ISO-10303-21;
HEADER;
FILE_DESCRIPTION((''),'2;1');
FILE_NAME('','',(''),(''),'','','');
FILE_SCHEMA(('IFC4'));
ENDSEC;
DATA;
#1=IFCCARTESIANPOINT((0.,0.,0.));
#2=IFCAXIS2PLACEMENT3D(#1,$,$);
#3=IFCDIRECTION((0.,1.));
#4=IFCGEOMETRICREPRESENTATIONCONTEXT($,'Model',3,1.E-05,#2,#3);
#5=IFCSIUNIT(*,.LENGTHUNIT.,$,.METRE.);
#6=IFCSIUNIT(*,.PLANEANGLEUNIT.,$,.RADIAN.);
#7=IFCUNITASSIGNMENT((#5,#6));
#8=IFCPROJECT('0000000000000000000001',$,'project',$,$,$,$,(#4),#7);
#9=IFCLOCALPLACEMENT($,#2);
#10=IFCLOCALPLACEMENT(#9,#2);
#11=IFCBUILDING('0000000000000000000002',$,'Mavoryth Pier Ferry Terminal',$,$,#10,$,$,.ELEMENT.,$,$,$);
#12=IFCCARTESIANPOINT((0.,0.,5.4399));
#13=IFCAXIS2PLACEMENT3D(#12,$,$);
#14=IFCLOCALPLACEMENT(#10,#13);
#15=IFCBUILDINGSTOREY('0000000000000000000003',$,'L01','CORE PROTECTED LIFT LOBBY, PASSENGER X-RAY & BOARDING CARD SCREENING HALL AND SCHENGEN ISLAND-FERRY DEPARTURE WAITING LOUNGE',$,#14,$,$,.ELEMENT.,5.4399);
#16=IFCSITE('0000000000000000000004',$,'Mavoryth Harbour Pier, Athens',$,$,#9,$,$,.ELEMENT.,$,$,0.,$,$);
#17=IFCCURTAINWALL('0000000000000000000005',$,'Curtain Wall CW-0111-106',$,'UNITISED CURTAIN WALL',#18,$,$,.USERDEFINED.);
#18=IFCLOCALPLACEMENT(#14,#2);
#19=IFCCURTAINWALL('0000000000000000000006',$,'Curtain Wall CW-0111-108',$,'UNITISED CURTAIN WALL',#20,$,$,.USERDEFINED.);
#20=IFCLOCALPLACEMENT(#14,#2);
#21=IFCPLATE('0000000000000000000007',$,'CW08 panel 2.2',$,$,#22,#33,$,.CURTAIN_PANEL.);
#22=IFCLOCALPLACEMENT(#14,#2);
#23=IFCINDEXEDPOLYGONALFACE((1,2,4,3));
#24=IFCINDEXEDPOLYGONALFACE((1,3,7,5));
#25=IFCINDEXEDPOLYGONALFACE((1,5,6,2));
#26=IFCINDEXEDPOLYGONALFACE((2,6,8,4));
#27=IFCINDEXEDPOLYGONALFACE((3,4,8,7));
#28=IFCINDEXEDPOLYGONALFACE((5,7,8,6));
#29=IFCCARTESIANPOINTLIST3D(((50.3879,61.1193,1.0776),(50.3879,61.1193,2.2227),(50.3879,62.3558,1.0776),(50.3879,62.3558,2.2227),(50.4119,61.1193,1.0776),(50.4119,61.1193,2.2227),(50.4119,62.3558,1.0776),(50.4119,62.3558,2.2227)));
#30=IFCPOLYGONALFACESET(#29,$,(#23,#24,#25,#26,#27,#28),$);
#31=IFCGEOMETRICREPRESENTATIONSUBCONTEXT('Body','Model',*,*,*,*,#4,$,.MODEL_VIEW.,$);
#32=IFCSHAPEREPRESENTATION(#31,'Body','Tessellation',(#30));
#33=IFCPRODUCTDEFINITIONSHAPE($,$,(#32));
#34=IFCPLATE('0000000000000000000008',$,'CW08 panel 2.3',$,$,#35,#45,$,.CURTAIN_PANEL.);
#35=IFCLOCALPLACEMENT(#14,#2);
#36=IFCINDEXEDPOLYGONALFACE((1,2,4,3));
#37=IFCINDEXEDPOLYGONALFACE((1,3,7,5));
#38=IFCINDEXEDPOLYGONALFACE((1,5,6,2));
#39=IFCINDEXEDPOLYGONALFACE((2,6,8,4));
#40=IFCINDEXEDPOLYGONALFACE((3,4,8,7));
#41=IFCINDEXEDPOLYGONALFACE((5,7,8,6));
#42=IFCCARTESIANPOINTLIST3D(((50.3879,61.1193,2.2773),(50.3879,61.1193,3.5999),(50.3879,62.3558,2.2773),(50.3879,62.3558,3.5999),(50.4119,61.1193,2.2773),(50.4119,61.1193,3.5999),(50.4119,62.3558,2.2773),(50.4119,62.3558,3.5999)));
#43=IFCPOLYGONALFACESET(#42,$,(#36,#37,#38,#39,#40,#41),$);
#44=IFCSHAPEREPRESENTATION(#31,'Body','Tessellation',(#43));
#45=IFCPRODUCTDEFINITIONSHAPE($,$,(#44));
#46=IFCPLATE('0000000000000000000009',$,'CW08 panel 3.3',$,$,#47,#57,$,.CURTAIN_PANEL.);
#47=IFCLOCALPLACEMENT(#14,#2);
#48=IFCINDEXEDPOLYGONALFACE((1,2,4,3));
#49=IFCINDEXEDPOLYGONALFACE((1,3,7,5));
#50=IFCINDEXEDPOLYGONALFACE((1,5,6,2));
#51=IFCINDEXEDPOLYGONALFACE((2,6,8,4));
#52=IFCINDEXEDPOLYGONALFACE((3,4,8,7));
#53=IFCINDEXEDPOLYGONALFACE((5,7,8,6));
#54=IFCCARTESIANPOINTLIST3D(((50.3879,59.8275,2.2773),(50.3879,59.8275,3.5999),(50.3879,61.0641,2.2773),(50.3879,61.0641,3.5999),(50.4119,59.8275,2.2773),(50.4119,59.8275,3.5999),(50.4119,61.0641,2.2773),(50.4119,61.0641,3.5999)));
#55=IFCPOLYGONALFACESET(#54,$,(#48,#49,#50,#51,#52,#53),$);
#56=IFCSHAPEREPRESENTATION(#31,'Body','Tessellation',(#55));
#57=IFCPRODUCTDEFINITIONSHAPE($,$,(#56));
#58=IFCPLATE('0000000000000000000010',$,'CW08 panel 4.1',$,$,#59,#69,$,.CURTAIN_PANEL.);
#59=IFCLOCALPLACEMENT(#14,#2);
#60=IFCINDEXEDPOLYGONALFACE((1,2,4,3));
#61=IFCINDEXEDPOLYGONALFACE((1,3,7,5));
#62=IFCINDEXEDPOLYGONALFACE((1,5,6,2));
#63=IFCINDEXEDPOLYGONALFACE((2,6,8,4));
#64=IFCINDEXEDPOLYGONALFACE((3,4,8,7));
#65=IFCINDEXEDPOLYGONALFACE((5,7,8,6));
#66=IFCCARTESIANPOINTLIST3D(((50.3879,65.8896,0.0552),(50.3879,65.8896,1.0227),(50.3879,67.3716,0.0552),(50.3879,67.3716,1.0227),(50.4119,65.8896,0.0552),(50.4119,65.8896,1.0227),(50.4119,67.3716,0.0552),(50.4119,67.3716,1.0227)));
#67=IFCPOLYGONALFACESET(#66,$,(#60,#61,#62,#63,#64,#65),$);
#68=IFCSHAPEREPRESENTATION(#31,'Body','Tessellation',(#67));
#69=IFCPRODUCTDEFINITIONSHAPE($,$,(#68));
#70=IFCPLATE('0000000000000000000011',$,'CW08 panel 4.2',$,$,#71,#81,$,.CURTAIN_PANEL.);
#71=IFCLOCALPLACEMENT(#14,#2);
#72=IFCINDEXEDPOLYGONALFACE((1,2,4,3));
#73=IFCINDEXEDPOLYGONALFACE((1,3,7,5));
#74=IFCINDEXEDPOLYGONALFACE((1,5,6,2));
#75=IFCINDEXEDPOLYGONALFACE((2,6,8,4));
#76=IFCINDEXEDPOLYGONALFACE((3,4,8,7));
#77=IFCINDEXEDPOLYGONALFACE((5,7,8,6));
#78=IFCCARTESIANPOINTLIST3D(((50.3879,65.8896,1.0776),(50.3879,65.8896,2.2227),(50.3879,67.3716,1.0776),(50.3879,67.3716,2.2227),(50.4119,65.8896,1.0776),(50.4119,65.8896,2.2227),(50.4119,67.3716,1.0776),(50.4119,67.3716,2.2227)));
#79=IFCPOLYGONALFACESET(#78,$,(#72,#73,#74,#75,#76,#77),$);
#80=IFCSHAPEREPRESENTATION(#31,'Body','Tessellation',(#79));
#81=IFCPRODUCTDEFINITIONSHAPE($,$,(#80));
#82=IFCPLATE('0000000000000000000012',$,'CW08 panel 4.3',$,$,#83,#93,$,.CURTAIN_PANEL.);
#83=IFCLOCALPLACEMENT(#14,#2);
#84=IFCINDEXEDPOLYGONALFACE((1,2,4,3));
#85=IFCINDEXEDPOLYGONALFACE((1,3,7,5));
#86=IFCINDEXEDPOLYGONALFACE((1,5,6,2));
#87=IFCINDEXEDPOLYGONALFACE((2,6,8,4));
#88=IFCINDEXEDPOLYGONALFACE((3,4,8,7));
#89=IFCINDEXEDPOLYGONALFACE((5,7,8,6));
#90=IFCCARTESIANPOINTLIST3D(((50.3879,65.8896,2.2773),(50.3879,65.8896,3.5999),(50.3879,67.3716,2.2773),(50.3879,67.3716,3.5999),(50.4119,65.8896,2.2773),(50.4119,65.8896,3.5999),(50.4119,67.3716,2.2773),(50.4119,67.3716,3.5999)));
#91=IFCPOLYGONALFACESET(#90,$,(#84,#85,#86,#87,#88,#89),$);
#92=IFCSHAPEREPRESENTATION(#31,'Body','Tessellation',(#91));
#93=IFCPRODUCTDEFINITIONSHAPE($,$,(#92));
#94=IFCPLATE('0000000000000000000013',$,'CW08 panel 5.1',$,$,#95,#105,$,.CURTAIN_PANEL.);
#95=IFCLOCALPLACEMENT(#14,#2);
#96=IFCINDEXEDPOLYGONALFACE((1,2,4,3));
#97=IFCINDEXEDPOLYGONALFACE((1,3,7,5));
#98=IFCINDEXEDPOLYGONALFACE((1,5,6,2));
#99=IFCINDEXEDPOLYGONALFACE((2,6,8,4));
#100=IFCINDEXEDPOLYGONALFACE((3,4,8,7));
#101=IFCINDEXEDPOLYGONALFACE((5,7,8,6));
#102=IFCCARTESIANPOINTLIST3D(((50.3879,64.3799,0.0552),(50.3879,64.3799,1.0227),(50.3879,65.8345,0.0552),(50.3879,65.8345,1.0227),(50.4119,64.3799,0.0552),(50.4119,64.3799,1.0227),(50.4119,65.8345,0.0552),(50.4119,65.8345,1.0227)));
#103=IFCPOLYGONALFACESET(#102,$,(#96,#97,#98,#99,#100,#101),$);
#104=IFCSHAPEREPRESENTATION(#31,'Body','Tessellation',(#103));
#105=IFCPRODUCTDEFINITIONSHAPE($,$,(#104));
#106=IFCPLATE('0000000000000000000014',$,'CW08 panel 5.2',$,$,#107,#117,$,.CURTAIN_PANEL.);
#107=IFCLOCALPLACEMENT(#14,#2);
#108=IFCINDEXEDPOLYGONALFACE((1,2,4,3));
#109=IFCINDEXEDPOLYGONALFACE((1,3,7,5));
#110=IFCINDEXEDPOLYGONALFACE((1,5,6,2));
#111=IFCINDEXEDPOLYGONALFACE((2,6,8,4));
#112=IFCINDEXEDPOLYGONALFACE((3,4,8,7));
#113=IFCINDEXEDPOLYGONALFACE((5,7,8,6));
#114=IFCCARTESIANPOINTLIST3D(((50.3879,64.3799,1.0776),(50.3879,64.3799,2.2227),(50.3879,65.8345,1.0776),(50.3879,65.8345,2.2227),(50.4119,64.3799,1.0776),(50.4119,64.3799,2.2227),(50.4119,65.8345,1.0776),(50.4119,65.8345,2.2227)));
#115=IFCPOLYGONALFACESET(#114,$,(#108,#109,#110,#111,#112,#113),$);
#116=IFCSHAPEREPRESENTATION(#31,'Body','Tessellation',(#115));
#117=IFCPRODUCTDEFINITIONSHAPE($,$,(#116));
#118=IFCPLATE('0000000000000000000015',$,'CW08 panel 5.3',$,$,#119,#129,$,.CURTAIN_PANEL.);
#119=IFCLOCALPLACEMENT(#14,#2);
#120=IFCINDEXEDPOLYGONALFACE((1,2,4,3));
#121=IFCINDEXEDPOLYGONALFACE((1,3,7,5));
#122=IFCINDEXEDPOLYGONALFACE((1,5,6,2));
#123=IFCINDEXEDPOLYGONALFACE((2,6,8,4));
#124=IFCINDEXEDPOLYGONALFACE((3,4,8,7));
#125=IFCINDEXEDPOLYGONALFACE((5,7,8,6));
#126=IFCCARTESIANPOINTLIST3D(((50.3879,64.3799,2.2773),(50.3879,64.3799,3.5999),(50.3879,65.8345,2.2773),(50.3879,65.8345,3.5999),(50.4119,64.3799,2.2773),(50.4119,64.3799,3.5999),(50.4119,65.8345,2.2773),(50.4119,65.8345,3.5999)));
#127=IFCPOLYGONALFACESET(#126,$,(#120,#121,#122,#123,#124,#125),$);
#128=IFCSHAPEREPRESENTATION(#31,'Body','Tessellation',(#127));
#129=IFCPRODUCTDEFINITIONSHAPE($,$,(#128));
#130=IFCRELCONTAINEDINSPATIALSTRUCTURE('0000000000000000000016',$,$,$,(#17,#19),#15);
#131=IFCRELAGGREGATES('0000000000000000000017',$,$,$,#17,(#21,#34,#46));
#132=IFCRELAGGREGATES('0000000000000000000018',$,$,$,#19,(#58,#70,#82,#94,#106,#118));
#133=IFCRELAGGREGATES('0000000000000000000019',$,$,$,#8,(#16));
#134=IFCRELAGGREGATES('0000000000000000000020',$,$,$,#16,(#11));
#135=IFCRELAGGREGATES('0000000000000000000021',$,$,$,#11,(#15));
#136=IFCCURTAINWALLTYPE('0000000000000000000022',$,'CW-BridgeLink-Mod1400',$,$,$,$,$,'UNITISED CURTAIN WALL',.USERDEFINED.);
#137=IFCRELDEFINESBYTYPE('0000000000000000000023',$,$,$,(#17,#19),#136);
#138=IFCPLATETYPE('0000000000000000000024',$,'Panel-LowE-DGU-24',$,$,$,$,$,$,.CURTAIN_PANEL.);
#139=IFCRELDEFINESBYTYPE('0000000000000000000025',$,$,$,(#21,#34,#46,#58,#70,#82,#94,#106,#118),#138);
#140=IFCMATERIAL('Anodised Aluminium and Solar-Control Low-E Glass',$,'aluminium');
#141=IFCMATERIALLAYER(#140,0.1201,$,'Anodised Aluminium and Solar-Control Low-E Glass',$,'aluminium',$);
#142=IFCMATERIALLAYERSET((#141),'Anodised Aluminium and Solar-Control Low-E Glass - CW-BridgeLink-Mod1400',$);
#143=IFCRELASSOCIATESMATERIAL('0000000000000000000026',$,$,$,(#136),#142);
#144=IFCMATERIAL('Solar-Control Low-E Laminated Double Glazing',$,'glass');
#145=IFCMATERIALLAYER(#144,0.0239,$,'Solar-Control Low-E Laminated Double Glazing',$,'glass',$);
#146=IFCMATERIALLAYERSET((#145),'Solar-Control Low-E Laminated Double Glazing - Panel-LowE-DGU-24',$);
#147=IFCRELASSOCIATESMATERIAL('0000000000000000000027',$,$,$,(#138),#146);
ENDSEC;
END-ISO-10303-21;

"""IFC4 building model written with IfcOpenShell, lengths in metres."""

from ifc_helpers import new_model, si_unit, direction, frame, origin, origin_2d, place, context, subcontext, project, spatial, rectangle, extrude, material, layer, layer_set, type_object, element, aggregate, save


model = new_model("IFC4")

# Units and contexts
model_context = context("Model", 3, precision=1e-05, world=origin(), true_north=direction((0.0, 1.0)))
body_context = subcontext(model_context, "Body", "Model", "MODEL_VIEW")
ifc_project = project(units=[si_unit("LENGTHUNIT", "METRE"), si_unit("PLANEANGLEUNIT", "RADIAN")], contexts=[model_context])

# Site, building, storey
site_placement = place(None, origin())
site = spatial("IfcSite", under=ifc_project, at=site_placement, Name="Mavoryth Harbour Pier, Athens", CompositionType="ELEMENT", RefElevation=0.0)
building_placement = place(site_placement, origin())
building = spatial("IfcBuilding", under=site, at=building_placement, Name="Mavoryth Pier Ferry Terminal", CompositionType="ELEMENT")
storey_placement = place(building_placement, frame((0.0, 0.0, 5.4399)))
storey = spatial("IfcBuildingStorey", under=building, at=storey_placement, Name="L01", Description="CORE PROTECTED LIFT LOBBY, PASSENGER X-RAY & BOARDING CARD SCREENING HALL AND SCHENGEN ISLAND-FERRY DEPARTURE WAITING LOUNGE", CompositionType="ELEMENT", Elevation=5.4399)

# Curtain walls
ifc_material_1 = material(Name="Anodised Aluminium and Solar-Control Low-E Glass", Category="aluminium")
ifc_layer_1 = layer(ifc_material_1, 0.1201, Name="Anodised Aluminium and Solar-Control Low-E Glass", Category="aluminium")
ifc_layer_set_1 = layer_set([ifc_layer_1], Name="Anodised Aluminium and Solar-Control Low-E Glass - CW-BridgeLink-Mod1400")
curtain_wall_type = type_object("IfcCurtainWallType", Name="CW-BridgeLink-Mod1400", ElementType="UNITISED CURTAIN WALL", PredefinedType="USERDEFINED", material=ifc_layer_set_1)
curtain_wall_1_placement = place(storey_placement, origin())
curtain_wall_1 = element("IfcCurtainWall", 1, at=curtain_wall_1_placement, inside=storey, type_object=curtain_wall_type, Name="Curtain Wall CW-0111-106", ObjectType="UNITISED CURTAIN WALL", PredefinedType="USERDEFINED")
curtain_wall_2_placement = place(storey_placement, origin())
curtain_wall_2 = element("IfcCurtainWall", 2, at=curtain_wall_2_placement, inside=storey, type_object=curtain_wall_type, Name="Curtain Wall CW-0111-108", ObjectType="UNITISED CURTAIN WALL", PredefinedType="USERDEFINED")

# Plates
ifc_material_2 = material(Name="Solar-Control Low-E Laminated Double Glazing", Category="glass")
ifc_layer_2 = layer(ifc_material_2, 0.0239, Name="Solar-Control Low-E Laminated Double Glazing", Category="glass")
ifc_layer_set_2 = layer_set([ifc_layer_2], Name="Solar-Control Low-E Laminated Double Glazing - Panel-LowE-DGU-24")
plate_type = type_object("IfcPlateType", Name="Panel-LowE-DGU-24", PredefinedType="CURTAIN_PANEL", material=ifc_layer_set_2)
plate_1_placement = place(storey_placement, frame((50.3999, 61.7375, 1.0776), z_axis=(0.0, 0.0, 1.0), x_axis=(0.0, -1.0, 0.0)))
plate_1 = element("IfcPlate", 3, at=plate_1_placement, type_object=plate_type, Name="CW08 panel 2.2", PredefinedType="CURTAIN_PANEL", context=body_context, shape_type="SweptSolid", body=[
    extrude(rectangle(XDim=1.2366, YDim=0.0239, at=origin_2d()), origin(), (0.0, 0.0, 1.0), 1.145),
])
plate_2_placement = place(storey_placement, frame((50.3999, 61.7375, 2.2773), z_axis=(0.0, 0.0, 1.0), x_axis=(0.0, -1.0, 0.0)))
plate_2 = element("IfcPlate", 4, at=plate_2_placement, type_object=plate_type, Name="CW08 panel 2.3", PredefinedType="CURTAIN_PANEL", context=body_context, shape_type="SweptSolid", body=[
    extrude(rectangle(XDim=1.2366, YDim=0.0239, at=origin_2d()), origin(), (0.0, 0.0, 1.0), 1.3225),
])
plate_3_placement = place(storey_placement, frame((50.3999, 60.4458, 2.2773), z_axis=(0.0, 0.0, 1.0), x_axis=(0.0, -1.0, 0.0)))
plate_3 = element("IfcPlate", 5, at=plate_3_placement, type_object=plate_type, Name="CW08 panel 3.3", PredefinedType="CURTAIN_PANEL", context=body_context, shape_type="SweptSolid", body=[
    extrude(rectangle(XDim=1.2366, YDim=0.0239, at=origin_2d()), origin(), (0.0, 0.0, 1.0), 1.3225),
])
aggregate(curtain_wall_1, [plate_1, plate_2, plate_3])
plate_4_placement = place(storey_placement, frame((50.3999, 66.6306, 0.0552), z_axis=(0.0, 0.0, 1.0), x_axis=(0.0, -1.0, 0.0)))
plate_4 = element("IfcPlate", 6, at=plate_4_placement, type_object=plate_type, Name="CW08 panel 4.1", PredefinedType="CURTAIN_PANEL", context=body_context, shape_type="SweptSolid", body=[
    extrude(rectangle(XDim=1.4819, YDim=0.0239, at=origin_2d()), origin(), (0.0, 0.0, 1.0), 0.9675),
])
plate_5_placement = place(storey_placement, frame((50.3999, 66.6306, 1.0776), z_axis=(0.0, 0.0, 1.0), x_axis=(0.0, -1.0, 0.0)))
plate_5 = element("IfcPlate", 7, at=plate_5_placement, type_object=plate_type, Name="CW08 panel 4.2", PredefinedType="CURTAIN_PANEL", context=body_context, shape_type="SweptSolid", body=[
    extrude(rectangle(XDim=1.4819, YDim=0.0239, at=origin_2d()), origin(), (0.0, 0.0, 1.0), 1.145),
])
plate_6_placement = place(storey_placement, frame((50.3999, 66.6306, 2.2773), z_axis=(0.0, 0.0, 1.0), x_axis=(0.0, -1.0, 0.0)))
plate_6 = element("IfcPlate", 8, at=plate_6_placement, type_object=plate_type, Name="CW08 panel 4.3", PredefinedType="CURTAIN_PANEL", context=body_context, shape_type="SweptSolid", body=[
    extrude(rectangle(XDim=1.4819, YDim=0.0239, at=origin_2d()), origin(), (0.0, 0.0, 1.0), 1.3225),
])
plate_7_placement = place(storey_placement, frame((50.3999, 65.1072, 0.0552), z_axis=(0.0, 0.0, 1.0), x_axis=(0.0, -1.0, 0.0)))
plate_7 = element("IfcPlate", 9, at=plate_7_placement, type_object=plate_type, Name="CW08 panel 5.1", PredefinedType="CURTAIN_PANEL", context=body_context, shape_type="SweptSolid", body=[
    extrude(rectangle(XDim=1.4546, YDim=0.0239, at=origin_2d()), origin(), (0.0, 0.0, 1.0), 0.9675),
])
plate_8_placement = place(storey_placement, frame((50.3999, 65.1072, 1.0776), z_axis=(0.0, 0.0, 1.0), x_axis=(0.0, -1.0, 0.0)))
plate_8 = element("IfcPlate", 10, at=plate_8_placement, type_object=plate_type, Name="CW08 panel 5.2", PredefinedType="CURTAIN_PANEL", context=body_context, shape_type="SweptSolid", body=[
    extrude(rectangle(XDim=1.4546, YDim=0.0239, at=origin_2d()), origin(), (0.0, 0.0, 1.0), 1.145),
])
plate_9_placement = place(storey_placement, frame((50.3999, 65.1072, 2.2773), z_axis=(0.0, 0.0, 1.0), x_axis=(0.0, -1.0, 0.0)))
plate_9 = element("IfcPlate", 11, at=plate_9_placement, type_object=plate_type, Name="CW08 panel 5.3", PredefinedType="CURTAIN_PANEL", context=body_context, shape_type="SweptSolid", body=[
    extrude(rectangle(XDim=1.4546, YDim=0.0239, at=origin_2d()), origin(), (0.0, 0.0, 1.0), 1.3225),
])
aggregate(curtain_wall_2, [plate_4, plate_5, plate_6, plate_7, plate_8, plate_9])

save(model, "model.ifc")
